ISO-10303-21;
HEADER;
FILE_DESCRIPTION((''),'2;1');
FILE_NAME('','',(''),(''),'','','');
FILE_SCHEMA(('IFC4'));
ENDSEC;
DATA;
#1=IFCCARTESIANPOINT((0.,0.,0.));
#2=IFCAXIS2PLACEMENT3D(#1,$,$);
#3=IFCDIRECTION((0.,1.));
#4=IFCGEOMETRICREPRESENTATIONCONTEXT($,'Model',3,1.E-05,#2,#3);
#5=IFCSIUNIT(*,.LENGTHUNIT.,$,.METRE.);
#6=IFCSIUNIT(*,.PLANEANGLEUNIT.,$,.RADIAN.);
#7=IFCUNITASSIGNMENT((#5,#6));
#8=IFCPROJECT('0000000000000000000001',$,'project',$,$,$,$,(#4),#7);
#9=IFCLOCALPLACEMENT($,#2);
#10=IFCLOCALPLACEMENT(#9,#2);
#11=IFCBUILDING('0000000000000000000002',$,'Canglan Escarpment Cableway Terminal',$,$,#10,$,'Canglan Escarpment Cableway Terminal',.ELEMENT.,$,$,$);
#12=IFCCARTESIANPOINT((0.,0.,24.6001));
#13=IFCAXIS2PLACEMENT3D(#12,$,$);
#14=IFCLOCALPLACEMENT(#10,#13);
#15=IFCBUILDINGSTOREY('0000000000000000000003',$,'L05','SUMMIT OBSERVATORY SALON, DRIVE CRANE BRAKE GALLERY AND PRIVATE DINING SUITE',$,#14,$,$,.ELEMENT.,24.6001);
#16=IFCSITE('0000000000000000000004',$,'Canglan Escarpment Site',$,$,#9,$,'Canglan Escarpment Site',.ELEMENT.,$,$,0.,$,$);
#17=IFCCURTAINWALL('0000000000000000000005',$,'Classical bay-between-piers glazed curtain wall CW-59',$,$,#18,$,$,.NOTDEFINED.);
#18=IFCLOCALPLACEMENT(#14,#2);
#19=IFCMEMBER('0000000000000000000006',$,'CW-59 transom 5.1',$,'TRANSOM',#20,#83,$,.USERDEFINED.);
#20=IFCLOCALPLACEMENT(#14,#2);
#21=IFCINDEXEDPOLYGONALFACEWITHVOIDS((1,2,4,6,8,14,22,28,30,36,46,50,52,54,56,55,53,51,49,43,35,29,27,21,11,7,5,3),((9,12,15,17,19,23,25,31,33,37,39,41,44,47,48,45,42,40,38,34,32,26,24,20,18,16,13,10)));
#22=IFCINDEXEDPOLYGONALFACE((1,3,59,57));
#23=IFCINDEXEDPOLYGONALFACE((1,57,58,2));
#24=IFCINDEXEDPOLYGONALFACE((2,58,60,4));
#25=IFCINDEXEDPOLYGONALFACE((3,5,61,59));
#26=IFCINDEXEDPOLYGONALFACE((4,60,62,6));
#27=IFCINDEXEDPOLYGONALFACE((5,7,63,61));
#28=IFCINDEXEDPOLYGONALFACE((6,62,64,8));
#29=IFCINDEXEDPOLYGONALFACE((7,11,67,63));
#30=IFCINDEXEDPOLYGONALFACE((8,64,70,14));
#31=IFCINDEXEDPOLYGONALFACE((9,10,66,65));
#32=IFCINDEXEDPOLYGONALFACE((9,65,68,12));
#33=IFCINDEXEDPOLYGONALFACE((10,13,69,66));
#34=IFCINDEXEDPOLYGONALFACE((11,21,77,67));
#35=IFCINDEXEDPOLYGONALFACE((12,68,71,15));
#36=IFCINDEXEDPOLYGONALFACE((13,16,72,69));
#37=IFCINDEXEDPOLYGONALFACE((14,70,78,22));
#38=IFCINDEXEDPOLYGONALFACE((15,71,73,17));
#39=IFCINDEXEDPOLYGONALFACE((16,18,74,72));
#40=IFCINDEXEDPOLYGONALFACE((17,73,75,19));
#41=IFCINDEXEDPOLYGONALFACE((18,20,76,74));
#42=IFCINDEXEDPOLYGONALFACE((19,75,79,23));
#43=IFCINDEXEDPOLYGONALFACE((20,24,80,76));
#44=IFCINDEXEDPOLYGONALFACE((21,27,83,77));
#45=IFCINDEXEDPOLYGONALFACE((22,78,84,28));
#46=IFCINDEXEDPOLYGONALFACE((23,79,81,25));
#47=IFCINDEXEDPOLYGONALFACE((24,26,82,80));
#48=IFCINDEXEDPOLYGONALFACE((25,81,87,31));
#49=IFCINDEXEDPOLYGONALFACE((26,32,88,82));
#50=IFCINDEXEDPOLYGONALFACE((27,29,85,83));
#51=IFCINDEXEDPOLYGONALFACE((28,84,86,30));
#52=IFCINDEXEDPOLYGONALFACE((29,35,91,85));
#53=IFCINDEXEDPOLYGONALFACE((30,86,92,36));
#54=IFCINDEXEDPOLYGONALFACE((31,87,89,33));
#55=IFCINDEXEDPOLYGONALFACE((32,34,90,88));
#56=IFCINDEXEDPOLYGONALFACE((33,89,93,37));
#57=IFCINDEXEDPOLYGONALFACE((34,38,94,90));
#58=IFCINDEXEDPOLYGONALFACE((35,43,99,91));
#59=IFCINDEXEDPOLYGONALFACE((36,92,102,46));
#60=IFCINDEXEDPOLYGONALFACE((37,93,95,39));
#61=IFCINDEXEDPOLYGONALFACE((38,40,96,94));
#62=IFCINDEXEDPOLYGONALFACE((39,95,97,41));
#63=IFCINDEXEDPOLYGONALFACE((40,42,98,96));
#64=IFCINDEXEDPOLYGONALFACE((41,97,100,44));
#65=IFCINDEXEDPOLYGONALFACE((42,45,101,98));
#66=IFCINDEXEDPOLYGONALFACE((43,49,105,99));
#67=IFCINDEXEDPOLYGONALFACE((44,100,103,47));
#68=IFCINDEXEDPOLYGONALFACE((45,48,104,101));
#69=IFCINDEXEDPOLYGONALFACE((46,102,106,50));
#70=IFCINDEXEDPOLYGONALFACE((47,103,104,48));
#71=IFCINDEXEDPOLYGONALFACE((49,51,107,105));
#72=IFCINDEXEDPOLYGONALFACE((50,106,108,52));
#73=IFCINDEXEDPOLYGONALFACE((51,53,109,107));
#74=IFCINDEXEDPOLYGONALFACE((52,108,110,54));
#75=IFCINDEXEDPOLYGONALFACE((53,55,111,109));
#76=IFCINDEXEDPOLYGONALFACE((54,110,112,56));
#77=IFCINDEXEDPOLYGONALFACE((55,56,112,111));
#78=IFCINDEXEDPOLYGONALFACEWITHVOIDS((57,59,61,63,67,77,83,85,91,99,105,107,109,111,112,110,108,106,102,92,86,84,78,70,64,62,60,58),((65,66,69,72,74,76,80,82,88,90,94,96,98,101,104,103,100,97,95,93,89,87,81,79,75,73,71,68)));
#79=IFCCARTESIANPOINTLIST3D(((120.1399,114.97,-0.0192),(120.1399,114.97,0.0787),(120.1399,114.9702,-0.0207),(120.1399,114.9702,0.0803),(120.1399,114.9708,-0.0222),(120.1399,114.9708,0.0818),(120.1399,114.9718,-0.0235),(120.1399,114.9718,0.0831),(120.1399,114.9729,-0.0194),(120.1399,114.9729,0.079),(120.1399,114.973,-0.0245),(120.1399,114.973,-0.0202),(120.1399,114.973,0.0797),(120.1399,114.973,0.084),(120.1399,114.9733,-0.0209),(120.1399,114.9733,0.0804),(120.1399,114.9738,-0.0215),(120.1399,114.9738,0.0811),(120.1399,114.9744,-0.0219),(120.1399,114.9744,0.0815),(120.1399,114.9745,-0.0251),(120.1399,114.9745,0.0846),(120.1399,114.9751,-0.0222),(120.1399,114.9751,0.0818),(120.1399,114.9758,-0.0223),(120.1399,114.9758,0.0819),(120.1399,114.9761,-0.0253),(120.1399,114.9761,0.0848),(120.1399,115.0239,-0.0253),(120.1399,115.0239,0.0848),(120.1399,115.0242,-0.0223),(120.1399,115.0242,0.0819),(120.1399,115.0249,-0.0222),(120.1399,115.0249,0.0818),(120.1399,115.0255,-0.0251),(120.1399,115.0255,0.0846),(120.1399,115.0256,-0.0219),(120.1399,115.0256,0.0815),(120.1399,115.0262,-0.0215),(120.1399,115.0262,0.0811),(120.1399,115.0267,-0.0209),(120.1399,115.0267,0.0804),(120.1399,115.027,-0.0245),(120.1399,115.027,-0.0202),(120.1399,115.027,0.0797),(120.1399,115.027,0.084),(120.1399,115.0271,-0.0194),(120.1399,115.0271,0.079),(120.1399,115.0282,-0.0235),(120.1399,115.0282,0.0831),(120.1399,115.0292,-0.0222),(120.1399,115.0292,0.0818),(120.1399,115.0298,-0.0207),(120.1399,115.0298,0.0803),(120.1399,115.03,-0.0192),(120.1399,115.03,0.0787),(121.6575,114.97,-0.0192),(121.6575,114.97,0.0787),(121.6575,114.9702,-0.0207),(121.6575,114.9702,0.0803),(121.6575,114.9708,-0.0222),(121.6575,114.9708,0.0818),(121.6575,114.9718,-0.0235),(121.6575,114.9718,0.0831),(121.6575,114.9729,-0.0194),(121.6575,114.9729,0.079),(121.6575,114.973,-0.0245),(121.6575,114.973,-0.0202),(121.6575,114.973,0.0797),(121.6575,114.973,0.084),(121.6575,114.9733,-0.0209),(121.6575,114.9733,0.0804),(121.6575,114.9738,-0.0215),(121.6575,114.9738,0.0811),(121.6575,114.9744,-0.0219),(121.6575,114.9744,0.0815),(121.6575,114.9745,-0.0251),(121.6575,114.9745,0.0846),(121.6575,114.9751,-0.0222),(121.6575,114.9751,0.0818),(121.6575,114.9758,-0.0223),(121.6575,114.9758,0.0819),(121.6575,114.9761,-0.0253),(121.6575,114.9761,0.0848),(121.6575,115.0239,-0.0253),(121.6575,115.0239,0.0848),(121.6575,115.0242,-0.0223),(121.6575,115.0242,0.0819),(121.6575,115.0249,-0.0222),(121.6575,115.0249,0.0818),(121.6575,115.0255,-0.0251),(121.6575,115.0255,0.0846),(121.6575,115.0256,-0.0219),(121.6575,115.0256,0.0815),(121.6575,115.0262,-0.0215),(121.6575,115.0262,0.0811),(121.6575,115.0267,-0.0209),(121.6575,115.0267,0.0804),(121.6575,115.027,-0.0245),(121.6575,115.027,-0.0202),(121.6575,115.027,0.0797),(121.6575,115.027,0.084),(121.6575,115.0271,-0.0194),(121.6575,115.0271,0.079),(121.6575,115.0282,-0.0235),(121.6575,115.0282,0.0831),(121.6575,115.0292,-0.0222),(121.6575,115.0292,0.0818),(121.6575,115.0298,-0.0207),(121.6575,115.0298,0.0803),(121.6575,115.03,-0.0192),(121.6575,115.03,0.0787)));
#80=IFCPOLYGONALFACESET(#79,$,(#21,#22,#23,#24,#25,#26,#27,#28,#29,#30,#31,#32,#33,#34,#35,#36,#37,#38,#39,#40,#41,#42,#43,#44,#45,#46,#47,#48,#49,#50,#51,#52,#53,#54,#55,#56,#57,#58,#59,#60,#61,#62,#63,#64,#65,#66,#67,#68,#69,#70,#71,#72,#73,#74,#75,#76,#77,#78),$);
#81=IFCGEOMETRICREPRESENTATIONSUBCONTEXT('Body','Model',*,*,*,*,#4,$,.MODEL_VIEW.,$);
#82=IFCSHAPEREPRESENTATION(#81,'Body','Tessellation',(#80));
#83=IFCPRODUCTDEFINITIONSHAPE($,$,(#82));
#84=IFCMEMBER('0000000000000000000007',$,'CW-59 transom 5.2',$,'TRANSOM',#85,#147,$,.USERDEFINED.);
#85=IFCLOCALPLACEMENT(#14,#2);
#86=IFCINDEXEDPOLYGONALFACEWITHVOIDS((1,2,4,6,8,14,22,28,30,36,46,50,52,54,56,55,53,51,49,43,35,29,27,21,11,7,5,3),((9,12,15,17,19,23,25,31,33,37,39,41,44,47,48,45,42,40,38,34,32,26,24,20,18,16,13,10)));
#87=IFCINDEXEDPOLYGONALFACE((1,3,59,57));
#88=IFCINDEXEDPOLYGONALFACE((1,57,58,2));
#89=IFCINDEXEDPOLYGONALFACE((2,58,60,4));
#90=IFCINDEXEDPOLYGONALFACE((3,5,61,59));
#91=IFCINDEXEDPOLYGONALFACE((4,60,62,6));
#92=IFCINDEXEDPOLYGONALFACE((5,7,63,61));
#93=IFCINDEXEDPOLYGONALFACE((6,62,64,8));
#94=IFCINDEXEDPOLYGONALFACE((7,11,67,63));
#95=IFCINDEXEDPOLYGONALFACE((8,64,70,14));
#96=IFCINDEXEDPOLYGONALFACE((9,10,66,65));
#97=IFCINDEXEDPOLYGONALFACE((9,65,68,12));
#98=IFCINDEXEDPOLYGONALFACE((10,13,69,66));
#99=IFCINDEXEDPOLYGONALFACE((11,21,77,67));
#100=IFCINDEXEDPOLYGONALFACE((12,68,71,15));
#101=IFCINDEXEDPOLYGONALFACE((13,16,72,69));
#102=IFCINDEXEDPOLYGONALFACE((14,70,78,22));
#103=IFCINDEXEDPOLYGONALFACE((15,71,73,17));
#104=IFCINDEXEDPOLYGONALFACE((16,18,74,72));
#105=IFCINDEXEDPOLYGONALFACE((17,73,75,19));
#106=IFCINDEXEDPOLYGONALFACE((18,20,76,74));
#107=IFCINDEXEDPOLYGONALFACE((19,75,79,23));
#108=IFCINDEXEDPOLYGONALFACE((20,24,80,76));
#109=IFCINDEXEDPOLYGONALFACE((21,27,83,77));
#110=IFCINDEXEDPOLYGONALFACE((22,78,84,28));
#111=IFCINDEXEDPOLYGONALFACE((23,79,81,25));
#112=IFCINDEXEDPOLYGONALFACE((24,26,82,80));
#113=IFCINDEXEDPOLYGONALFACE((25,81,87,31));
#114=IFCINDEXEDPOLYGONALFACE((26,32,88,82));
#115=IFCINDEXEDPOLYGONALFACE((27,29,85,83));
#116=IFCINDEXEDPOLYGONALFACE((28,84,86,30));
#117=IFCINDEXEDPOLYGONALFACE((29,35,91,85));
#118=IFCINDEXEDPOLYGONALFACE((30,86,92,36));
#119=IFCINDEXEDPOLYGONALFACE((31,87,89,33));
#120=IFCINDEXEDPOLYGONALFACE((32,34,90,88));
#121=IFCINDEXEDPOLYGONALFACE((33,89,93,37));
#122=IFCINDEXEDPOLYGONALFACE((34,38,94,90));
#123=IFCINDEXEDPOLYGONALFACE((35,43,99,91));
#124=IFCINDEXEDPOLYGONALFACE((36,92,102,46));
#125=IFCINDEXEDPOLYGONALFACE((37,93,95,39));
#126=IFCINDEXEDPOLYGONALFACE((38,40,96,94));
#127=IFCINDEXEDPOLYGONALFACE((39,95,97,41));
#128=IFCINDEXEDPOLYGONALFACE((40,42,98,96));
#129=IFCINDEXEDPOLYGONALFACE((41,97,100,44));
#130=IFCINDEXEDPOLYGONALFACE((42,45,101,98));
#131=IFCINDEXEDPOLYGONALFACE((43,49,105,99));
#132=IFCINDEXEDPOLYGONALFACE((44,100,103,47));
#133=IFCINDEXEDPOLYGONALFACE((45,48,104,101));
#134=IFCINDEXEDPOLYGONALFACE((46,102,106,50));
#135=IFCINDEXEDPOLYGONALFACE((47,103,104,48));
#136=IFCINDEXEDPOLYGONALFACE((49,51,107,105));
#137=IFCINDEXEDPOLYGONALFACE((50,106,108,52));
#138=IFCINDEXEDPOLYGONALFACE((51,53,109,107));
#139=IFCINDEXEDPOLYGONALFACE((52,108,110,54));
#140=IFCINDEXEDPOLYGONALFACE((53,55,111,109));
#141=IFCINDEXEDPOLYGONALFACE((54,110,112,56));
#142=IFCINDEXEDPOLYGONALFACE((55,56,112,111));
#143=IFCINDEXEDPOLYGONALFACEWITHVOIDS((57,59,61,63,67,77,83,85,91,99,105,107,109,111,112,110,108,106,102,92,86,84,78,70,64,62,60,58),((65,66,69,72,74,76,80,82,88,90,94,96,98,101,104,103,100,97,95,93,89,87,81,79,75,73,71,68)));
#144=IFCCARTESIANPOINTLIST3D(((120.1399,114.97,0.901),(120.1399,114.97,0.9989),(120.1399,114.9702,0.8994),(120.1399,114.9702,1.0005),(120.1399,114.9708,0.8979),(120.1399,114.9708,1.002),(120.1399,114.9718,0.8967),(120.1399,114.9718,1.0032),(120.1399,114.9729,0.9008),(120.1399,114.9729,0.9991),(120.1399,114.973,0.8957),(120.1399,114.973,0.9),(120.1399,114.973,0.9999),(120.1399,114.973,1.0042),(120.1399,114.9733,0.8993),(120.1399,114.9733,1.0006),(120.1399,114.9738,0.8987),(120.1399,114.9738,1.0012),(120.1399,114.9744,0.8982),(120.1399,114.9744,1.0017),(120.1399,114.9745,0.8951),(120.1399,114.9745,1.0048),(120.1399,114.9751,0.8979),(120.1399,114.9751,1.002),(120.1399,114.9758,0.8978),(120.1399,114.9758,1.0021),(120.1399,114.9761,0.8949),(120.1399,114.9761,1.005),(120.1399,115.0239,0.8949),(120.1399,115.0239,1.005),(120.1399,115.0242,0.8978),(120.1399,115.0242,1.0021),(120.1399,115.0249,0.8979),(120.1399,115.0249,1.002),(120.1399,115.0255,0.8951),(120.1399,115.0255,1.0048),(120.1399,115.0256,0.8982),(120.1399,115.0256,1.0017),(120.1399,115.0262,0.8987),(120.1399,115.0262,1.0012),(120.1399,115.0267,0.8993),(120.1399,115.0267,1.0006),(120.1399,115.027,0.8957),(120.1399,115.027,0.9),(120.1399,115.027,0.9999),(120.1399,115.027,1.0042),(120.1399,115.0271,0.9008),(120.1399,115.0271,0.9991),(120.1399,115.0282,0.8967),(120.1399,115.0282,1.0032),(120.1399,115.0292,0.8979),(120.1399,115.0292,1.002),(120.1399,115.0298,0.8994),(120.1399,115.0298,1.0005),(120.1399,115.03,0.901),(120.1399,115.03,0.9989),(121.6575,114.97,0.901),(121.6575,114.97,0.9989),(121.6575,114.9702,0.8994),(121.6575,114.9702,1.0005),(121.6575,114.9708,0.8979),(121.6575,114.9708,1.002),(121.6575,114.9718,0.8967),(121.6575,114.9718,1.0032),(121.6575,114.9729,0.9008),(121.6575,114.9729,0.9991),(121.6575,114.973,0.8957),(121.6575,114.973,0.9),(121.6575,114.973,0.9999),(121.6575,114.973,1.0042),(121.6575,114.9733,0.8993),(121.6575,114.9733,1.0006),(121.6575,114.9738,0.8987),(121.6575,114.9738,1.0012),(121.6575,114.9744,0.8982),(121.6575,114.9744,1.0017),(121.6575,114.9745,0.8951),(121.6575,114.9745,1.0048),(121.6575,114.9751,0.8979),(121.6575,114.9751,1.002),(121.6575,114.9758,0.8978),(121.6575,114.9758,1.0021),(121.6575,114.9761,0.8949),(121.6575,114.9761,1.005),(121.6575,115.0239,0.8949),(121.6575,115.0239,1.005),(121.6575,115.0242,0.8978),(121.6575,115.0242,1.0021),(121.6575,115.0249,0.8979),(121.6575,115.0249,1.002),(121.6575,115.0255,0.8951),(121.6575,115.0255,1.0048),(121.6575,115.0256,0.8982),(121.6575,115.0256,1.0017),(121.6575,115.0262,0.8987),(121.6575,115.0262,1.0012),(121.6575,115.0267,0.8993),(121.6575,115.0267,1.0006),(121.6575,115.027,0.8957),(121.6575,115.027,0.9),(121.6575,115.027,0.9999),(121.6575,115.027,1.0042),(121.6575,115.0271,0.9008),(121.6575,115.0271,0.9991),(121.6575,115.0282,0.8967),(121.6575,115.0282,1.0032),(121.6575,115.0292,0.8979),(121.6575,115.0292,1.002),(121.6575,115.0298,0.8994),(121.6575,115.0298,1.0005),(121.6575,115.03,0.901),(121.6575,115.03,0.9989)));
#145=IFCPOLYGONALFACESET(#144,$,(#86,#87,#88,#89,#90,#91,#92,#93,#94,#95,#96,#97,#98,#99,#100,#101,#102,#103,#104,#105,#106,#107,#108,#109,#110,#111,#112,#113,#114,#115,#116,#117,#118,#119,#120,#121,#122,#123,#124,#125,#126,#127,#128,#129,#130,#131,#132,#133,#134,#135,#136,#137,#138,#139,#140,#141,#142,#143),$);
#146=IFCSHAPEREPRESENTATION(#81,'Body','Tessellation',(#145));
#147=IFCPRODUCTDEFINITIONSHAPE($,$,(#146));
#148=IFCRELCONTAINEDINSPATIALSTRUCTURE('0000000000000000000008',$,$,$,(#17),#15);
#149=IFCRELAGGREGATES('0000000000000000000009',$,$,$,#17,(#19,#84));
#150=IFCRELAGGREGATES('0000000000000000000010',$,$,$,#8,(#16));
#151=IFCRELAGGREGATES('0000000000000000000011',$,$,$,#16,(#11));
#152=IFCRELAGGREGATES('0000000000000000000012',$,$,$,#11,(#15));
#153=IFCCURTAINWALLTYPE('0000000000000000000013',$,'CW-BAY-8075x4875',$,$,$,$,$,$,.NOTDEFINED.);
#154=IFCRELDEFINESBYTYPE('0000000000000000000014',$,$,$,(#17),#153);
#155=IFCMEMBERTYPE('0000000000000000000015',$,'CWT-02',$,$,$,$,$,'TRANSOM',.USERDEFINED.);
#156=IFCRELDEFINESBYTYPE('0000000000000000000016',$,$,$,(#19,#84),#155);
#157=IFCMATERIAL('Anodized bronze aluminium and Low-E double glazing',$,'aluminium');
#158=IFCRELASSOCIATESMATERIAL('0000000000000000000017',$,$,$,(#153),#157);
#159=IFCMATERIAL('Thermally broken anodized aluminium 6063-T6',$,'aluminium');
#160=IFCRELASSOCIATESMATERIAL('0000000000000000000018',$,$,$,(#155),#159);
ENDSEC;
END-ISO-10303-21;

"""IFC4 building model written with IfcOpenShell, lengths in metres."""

from ifc_helpers import new_model, si_unit, direction, frame, origin, origin_2d, place, context, subcontext, project, spatial, hollow_rectangle, extrude, material, material_profile, profile_set, type_object, element, aggregate, save


model = new_model("IFC4")

# Units and contexts
model_context = context("Model", 3, precision=1e-05, world=origin(), true_north=direction((0.0, 1.0)))
body_context = subcontext(model_context, "Body", "Model", "MODEL_VIEW")
ifc_project = project(units=[si_unit("LENGTHUNIT", "METRE"), si_unit("PLANEANGLEUNIT", "RADIAN")], contexts=[model_context])

# Site, building, storey
site_placement = place(None, origin())
site = spatial("IfcSite", under=ifc_project, at=site_placement, Name="Canglan Escarpment Site", LongName="Canglan Escarpment Site", CompositionType="ELEMENT", RefElevation=0.0)
building_placement = place(site_placement, origin())
building = spatial("IfcBuilding", under=site, at=building_placement, Name="Canglan Escarpment Cableway Terminal", LongName="Canglan Escarpment Cableway Terminal", CompositionType="ELEMENT")
storey_placement = place(building_placement, frame((0.0, 0.0, 24.6001)))
storey = spatial("IfcBuildingStorey", under=building, at=storey_placement, Name="L05", Description="SUMMIT OBSERVATORY SALON, DRIVE CRANE BRAKE GALLERY AND PRIVATE DINING SUITE", CompositionType="ELEMENT", Elevation=24.6001)

# Curtain wall
ifc_material_1 = material(Name="Anodized bronze aluminium and Low-E double glazing", Category="aluminium")
ifc_material_2 = material(Name="Thermally broken anodized aluminium 6063-T6", Category="aluminium")
curtain_wall_type_1 = type_object("IfcCurtainWallType", Name="CW-BAY-8075x4875", PredefinedType="NOTDEFINED", material=ifc_material_1)
curtain_wall_1_placement = place(storey_placement, origin())
curtain_wall_1 = element("IfcCurtainWall", 1, at=curtain_wall_1_placement, inside=storey, type_object=curtain_wall_type_1, Name="Classical bay-between-piers glazed curtain wall CW-59", PredefinedType="NOTDEFINED")

# Members
ifc_material_profile_1 = material_profile(ifc_material_2, hollow_rectangle(XDim=0.0601, YDim=0.1101, WallThickness=0.0029, InnerFilletRadius=0.0029, OuterFilletRadius=0.0061, at=origin_2d()), Name="ALU-TRAN 60x110x3")
ifc_profile_set_1 = profile_set([ifc_material_profile_1], Name="Thermally broken anodized aluminium 6063-T6")
member_type_1 = type_object("IfcMemberType", Name="CWT-02", ElementType="TRANSOM", PredefinedType="USERDEFINED", material=ifc_profile_set_1)
member_1_placement = place(storey_placement, frame((121.6575, 115.0, 0.0298), z_axis=(-1.0, 0.0, 0.0), x_axis=(0.0, -1.0, 0.0)))
member_1 = element("IfcMember", 2, at=member_1_placement, type_object=member_type_1, Name="CW-59 transom 5.1", ObjectType="TRANSOM", PredefinedType="USERDEFINED", context=body_context, shape_type="SweptSolid", body=[
    extrude(hollow_rectangle(XDim=0.0601, YDim=0.1101, WallThickness=0.0029, InnerFilletRadius=0.0029, OuterFilletRadius=0.0061, at=origin_2d()), origin(), (0.0, 0.0, 1.0), 1.5176),
])
member_2_placement = place(storey_placement, frame((121.6575, 115.0, 0.95), z_axis=(-1.0, 0.0, 0.0), x_axis=(0.0, -1.0, 0.0)))
member_2 = element("IfcMember", 3, at=member_2_placement, type_object=member_type_1, Name="CW-59 transom 5.2", ObjectType="TRANSOM", PredefinedType="USERDEFINED", context=body_context, shape_type="SweptSolid", body=[
    extrude(hollow_rectangle(XDim=0.0601, YDim=0.1101, WallThickness=0.0029, InnerFilletRadius=0.0029, OuterFilletRadius=0.0061, at=origin_2d()), origin(), (0.0, 0.0, 1.0), 1.5176),
])

aggregate(curtain_wall_1, [member_1, member_2])

save(model, "model.ifc")
